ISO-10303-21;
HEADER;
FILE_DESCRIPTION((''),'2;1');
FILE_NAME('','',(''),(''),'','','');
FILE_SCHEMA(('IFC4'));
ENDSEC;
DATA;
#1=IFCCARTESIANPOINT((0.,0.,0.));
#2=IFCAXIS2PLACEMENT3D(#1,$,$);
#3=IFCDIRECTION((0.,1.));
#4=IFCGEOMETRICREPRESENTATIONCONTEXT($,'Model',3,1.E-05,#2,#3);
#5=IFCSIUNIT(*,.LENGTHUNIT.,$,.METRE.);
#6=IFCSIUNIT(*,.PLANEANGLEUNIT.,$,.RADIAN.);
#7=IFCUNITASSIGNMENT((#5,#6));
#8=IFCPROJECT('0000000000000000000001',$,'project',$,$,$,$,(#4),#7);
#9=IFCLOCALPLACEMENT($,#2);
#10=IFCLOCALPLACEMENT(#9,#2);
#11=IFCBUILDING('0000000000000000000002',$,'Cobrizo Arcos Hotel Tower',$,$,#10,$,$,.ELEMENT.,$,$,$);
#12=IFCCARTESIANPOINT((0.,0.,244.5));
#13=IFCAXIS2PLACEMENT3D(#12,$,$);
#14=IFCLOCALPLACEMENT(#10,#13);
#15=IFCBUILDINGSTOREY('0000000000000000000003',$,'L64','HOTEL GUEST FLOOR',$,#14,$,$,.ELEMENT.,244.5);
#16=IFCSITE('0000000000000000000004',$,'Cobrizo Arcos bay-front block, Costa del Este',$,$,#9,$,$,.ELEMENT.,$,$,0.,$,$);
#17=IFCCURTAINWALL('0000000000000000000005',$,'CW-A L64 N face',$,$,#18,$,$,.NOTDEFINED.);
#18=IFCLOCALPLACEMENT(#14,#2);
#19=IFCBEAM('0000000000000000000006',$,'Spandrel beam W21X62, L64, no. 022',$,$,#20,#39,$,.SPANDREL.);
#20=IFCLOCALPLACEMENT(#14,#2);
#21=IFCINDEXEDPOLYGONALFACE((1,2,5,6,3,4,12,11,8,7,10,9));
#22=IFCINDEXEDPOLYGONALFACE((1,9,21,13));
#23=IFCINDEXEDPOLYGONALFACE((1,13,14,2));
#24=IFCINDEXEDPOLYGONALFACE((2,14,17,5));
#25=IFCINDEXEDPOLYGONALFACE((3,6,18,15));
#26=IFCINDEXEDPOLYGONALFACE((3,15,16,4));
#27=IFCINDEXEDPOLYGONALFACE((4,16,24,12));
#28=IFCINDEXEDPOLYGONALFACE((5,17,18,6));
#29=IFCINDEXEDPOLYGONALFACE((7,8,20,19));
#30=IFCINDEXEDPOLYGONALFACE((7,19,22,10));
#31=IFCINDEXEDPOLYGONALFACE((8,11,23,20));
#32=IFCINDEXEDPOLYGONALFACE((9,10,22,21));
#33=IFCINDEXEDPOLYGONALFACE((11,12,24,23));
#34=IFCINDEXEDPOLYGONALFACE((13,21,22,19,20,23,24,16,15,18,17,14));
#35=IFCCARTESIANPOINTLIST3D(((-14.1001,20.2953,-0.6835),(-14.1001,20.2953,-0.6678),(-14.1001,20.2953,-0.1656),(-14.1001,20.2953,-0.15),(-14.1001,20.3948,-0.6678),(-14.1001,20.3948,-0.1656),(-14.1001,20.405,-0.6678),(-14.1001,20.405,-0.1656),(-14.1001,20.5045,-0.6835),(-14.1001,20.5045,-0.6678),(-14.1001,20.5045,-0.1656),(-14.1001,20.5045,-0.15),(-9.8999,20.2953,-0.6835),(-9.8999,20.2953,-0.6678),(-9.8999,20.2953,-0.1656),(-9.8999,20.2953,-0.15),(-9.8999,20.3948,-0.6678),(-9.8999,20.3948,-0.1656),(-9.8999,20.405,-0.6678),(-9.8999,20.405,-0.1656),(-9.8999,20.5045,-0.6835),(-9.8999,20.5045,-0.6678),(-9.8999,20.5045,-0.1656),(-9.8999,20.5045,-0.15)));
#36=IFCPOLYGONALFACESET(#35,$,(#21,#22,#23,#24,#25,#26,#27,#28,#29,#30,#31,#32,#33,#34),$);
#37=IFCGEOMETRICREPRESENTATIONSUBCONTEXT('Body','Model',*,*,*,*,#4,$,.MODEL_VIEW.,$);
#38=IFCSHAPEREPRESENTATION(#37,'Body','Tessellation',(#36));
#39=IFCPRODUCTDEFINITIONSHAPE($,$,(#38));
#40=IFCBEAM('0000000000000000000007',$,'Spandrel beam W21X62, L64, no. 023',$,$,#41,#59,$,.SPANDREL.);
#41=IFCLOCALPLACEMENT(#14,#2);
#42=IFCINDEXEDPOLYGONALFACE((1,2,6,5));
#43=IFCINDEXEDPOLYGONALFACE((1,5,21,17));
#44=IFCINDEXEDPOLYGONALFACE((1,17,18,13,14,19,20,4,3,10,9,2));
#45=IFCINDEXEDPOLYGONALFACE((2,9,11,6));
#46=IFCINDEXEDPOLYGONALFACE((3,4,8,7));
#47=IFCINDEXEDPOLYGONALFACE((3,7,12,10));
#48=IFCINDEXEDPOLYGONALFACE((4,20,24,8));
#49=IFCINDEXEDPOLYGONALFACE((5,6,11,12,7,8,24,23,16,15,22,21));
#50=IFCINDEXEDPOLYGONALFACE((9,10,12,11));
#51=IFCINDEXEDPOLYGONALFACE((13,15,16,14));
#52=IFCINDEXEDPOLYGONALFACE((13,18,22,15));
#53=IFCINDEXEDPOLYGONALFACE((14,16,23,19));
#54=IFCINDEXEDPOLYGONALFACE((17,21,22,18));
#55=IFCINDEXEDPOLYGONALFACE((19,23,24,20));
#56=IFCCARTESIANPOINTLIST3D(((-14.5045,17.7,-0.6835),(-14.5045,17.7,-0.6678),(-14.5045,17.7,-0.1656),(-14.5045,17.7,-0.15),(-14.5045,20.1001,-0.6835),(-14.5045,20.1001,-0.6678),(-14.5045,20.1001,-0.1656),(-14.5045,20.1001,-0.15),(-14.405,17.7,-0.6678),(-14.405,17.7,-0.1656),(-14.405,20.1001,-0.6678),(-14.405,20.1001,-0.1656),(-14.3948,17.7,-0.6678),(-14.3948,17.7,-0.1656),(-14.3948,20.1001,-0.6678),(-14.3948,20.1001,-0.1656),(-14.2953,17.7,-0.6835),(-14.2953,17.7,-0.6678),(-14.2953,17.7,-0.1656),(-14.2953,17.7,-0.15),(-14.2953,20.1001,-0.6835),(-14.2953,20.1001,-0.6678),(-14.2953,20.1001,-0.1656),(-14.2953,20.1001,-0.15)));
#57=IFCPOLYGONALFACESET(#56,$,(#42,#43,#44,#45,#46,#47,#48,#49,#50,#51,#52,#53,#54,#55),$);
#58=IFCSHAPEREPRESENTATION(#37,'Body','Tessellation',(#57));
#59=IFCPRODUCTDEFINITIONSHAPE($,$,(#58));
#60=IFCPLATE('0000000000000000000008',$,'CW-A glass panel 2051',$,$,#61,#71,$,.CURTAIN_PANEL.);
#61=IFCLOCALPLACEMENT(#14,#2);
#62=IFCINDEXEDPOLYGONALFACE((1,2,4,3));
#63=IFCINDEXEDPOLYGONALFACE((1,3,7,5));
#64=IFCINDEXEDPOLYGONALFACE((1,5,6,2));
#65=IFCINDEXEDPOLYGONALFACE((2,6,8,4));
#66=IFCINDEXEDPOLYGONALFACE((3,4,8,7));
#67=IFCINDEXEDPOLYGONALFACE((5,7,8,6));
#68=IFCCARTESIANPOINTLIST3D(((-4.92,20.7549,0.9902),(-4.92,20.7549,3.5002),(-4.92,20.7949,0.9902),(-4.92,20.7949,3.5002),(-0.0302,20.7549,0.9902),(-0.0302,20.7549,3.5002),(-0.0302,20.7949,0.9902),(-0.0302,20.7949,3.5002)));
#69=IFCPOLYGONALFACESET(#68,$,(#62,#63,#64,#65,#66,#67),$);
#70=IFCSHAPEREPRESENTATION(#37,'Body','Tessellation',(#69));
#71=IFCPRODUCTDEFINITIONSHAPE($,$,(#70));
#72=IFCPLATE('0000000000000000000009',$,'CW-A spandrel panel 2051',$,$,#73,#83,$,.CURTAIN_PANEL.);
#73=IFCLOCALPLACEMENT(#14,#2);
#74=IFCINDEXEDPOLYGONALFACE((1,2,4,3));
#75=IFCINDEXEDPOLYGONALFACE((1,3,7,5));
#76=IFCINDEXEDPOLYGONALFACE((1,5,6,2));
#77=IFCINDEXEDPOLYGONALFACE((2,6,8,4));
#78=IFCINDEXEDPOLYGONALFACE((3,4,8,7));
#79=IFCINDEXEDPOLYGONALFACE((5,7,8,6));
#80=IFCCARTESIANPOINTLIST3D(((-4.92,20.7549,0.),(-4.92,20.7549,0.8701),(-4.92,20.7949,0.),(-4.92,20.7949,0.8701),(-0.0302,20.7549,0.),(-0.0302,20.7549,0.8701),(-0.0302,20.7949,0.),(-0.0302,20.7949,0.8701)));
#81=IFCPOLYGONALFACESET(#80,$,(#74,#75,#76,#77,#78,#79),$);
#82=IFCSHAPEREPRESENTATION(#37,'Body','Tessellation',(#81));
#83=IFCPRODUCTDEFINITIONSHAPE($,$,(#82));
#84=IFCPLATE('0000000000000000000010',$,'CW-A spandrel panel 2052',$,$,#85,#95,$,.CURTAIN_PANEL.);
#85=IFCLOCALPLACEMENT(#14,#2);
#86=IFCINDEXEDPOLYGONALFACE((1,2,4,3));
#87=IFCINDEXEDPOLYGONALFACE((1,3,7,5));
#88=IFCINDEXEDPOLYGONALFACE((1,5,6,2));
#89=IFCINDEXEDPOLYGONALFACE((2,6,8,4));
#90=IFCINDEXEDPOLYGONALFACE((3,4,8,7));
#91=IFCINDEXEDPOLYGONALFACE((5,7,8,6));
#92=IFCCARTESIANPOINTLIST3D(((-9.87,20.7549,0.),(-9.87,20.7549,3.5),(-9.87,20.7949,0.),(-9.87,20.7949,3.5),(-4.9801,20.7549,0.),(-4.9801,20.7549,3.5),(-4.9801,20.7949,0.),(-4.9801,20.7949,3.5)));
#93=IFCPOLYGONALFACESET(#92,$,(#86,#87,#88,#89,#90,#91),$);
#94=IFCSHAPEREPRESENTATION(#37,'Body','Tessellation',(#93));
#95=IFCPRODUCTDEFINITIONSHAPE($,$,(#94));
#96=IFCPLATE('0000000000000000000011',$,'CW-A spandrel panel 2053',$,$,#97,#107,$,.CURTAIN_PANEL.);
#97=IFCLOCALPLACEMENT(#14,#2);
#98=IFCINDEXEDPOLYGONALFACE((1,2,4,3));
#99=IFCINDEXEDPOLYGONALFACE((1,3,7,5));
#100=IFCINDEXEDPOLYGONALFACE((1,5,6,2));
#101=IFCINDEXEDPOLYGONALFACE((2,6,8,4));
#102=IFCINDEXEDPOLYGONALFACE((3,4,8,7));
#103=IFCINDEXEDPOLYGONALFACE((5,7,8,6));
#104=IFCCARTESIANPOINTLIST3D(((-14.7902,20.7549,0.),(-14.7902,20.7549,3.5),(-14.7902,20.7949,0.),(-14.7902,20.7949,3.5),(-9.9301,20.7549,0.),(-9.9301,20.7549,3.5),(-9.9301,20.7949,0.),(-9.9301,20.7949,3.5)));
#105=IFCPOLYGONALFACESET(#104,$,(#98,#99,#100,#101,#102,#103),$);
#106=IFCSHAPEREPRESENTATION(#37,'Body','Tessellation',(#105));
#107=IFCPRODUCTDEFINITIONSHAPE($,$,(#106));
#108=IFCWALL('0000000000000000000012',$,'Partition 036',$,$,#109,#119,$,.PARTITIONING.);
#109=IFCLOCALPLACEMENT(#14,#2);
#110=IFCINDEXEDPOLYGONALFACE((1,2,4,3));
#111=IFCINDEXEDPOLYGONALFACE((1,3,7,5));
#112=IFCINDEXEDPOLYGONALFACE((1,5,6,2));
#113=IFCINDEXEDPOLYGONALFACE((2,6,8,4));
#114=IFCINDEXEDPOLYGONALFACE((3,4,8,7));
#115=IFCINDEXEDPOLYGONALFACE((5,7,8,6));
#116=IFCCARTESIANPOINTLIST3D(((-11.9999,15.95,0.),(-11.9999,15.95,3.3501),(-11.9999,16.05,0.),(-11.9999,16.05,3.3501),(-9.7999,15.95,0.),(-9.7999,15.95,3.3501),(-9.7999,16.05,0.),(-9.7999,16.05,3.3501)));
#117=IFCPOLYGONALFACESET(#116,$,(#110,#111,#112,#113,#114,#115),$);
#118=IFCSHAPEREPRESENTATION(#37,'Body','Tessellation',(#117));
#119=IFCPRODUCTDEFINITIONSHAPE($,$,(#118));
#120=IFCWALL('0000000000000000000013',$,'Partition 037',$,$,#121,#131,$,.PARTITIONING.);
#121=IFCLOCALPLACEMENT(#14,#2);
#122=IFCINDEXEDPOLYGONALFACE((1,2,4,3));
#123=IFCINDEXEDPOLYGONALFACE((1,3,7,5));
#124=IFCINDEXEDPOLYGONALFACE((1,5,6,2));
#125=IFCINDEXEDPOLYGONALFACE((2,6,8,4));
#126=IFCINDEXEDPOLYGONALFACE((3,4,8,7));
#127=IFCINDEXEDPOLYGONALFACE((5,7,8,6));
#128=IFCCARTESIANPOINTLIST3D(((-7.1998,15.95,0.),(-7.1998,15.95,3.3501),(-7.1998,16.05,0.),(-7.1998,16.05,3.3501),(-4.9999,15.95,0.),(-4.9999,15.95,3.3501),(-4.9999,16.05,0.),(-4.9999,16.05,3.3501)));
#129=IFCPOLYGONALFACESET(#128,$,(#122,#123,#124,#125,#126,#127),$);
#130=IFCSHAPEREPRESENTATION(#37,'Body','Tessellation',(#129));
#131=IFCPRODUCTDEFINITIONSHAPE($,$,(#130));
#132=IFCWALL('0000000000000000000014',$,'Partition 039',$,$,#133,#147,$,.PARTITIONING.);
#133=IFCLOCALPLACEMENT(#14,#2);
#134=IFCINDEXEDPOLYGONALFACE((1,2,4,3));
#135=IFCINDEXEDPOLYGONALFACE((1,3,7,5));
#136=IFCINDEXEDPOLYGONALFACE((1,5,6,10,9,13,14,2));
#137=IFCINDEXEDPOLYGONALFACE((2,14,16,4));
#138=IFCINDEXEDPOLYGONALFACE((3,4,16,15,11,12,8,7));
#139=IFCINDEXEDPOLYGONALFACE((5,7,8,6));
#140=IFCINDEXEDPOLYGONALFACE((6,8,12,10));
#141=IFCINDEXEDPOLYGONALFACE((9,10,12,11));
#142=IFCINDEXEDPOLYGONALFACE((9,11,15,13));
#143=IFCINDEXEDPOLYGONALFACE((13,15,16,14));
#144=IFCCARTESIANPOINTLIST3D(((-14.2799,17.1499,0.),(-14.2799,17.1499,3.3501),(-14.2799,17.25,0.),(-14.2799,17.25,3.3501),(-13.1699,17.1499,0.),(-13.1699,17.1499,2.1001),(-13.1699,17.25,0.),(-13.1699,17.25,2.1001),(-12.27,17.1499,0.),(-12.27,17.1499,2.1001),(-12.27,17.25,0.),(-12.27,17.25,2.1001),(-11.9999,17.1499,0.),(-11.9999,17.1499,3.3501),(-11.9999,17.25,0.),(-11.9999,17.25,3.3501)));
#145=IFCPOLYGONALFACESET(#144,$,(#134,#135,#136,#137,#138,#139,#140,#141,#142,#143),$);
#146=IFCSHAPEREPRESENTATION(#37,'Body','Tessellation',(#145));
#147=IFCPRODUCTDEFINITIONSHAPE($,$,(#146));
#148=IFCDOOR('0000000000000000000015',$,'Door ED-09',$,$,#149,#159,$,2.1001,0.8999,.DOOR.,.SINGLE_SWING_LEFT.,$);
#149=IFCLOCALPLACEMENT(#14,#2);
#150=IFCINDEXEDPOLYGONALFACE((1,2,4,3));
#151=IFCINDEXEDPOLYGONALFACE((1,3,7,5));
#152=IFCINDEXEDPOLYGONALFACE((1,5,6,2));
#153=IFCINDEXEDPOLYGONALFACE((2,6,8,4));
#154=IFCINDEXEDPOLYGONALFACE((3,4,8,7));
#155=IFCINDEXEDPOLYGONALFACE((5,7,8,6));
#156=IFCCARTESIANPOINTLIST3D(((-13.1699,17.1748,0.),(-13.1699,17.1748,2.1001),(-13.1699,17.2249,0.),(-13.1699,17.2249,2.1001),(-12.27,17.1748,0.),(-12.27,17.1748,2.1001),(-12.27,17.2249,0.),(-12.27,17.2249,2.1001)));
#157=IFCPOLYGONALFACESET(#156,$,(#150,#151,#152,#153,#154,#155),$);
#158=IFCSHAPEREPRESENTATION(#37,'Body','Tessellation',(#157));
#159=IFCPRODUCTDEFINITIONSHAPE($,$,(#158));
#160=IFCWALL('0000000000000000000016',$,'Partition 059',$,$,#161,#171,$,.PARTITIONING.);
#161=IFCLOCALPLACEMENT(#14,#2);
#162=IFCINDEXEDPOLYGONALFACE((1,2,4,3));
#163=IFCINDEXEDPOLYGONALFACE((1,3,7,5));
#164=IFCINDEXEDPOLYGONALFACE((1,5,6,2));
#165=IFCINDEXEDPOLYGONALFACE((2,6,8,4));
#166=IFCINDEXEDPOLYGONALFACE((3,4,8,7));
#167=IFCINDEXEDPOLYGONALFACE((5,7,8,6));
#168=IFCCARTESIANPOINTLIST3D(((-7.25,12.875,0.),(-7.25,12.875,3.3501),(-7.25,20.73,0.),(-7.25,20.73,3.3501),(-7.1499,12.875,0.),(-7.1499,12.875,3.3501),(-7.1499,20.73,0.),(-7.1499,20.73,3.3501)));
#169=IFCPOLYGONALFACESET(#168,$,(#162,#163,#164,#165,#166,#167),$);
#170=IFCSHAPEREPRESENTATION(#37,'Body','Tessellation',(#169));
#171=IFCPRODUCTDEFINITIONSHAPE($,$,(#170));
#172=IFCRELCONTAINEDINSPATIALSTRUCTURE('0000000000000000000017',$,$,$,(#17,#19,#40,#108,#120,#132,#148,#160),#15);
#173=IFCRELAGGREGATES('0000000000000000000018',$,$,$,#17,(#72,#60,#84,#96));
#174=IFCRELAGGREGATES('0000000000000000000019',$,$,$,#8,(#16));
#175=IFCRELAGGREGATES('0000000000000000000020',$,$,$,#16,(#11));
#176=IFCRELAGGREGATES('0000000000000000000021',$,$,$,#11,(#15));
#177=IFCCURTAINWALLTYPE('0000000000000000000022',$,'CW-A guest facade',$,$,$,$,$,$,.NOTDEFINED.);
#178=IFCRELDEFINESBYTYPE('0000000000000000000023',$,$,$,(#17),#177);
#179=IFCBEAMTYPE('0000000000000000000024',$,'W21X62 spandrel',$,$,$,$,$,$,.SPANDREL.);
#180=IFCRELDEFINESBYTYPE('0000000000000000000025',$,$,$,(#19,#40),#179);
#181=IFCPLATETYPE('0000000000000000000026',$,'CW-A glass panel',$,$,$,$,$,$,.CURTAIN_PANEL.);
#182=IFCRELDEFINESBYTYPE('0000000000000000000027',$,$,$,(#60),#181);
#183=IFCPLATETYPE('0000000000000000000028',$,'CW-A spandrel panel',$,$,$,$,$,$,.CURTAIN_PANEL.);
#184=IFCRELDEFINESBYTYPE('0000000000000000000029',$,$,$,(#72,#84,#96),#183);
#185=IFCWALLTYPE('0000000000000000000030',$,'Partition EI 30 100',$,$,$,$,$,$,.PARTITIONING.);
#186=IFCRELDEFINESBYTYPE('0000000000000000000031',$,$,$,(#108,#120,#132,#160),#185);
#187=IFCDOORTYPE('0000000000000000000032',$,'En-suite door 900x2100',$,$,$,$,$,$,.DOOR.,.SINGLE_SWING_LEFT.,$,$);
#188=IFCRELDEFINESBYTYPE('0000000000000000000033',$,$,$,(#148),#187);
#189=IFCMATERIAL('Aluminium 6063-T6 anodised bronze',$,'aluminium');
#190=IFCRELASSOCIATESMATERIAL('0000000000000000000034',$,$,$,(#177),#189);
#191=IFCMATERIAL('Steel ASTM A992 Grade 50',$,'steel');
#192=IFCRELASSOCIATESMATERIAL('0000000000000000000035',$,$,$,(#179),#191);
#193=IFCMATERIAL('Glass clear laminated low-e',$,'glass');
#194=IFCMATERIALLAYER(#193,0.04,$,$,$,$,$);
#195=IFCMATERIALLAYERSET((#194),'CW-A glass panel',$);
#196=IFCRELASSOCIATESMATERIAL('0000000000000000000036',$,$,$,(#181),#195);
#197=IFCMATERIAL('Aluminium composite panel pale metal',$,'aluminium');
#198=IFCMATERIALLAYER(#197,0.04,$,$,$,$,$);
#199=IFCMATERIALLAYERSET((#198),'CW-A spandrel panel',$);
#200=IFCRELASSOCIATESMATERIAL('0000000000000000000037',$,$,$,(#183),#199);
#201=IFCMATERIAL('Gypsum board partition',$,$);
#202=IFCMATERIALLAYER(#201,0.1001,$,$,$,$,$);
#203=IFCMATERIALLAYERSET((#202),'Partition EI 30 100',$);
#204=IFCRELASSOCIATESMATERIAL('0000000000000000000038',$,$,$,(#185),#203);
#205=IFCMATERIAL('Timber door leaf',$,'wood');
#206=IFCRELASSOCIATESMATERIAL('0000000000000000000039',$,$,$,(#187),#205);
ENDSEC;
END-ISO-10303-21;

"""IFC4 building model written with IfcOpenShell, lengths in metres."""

from ifc_helpers import new_model, si_unit, direction, frame, frame_2d, origin, origin_2d, place, context, subcontext, project, spatial, rectangle, i_section, extrude, material, layer, layer_set, material_profile, profile_set, type_object, element, fill, aggregate, save


model = new_model("IFC4")

# Units and contexts
model_context = context("Model", 3, precision=1e-05, world=origin(), true_north=direction((0.0, 1.0)))
body_context = subcontext(model_context, "Body", "Model", "MODEL_VIEW")
ifc_project = project(units=[si_unit("LENGTHUNIT", "METRE"), si_unit("PLANEANGLEUNIT", "RADIAN")], contexts=[model_context])

# Site, building, storey
site_placement = place(None, origin())
site = spatial("IfcSite", under=ifc_project, at=site_placement, Name="Cobrizo Arcos bay-front block, Costa del Este", CompositionType="ELEMENT", RefElevation=0.0)
building_placement = place(site_placement, origin())
building = spatial("IfcBuilding", under=site, at=building_placement, Name="Cobrizo Arcos Hotel Tower", CompositionType="ELEMENT")
storey_placement = place(building_placement, frame((0.0, 0.0, 244.5)))
storey = spatial("IfcBuildingStorey", under=building, at=storey_placement, Name="L64", Description="HOTEL GUEST FLOOR", CompositionType="ELEMENT", Elevation=244.5)

# Curtain wall
ifc_material_1 = material(Name="Aluminium 6063-T6 anodised bronze", Category="aluminium")
curtain_wall_type = type_object("IfcCurtainWallType", Name="CW-A guest facade", PredefinedType="NOTDEFINED", material=ifc_material_1)
curtain_wall_placement = place(storey_placement, origin())
curtain_wall = element("IfcCurtainWall", 1, at=curtain_wall_placement, inside=storey, type_object=curtain_wall_type, Name="CW-A L64 N face", PredefinedType="NOTDEFINED")

# Beams
ifc_material_2 = material(Name="Steel ASTM A992 Grade 50", Category="steel")
ifc_material_profile_1 = material_profile(ifc_material_2, i_section(OverallWidth=0.2092, OverallDepth=0.5334, WebThickness=0.0103, FlangeThickness=0.0156, at=origin_2d()), Name="W21X62")
ifc_profile_set_1 = profile_set([ifc_material_profile_1], Name="Steel ASTM A992 Grade 50")
beam_type_1 = type_object("IfcBeamType", Name="W21X62 spandrel", PredefinedType="SPANDREL", material=ifc_profile_set_1)
beam_1_placement = place(storey_placement, frame((-9.8999, 20.3999, -0.4167), z_axis=(-1.0, 0.0, 0.0), x_axis=(0.0, -1.0, 0.0)))
element("IfcBeam", 2, at=beam_1_placement, inside=storey, type_object=beam_type_1, Name="Spandrel beam W21X62, L64, no. 022", PredefinedType="SPANDREL", context=body_context, shape_type="SweptSolid", body=[
    extrude(i_section(OverallWidth=0.2092, OverallDepth=0.5334, WebThickness=0.0103, FlangeThickness=0.0156, at=origin_2d()), origin(), (0.0, 0.0, 1.0), 4.2002),
])
beam_2_placement = place(storey_placement, frame((-14.3999, 20.1001, -0.4167), z_axis=(0.0, -1.0, 0.0), x_axis=(1.0, 0.0, 0.0)))
element("IfcBeam", 3, at=beam_2_placement, inside=storey, type_object=beam_type_1, Name="Spandrel beam W21X62, L64, no. 023", PredefinedType="SPANDREL", context=body_context, shape_type="SweptSolid", body=[
    extrude(i_section(OverallWidth=0.2092, OverallDepth=0.5334, WebThickness=0.0103, FlangeThickness=0.0156, at=origin_2d()), origin(), (0.0, 0.0, 1.0), 2.4001),
])

# Plates
ifc_material_3 = material(Name="Glass clear laminated low-e", Category="glass")
ifc_layer_1 = layer(ifc_material_3, 0.04)
ifc_layer_set_1 = layer_set([ifc_layer_1], Name="CW-A glass panel")
plate_type_1 = type_object("IfcPlateType", Name="CW-A glass panel", PredefinedType="CURTAIN_PANEL", material=ifc_layer_set_1)
plate_1_placement = place(storey_placement, frame((-2.4751, 20.7749, 0.9902), z_axis=(0.0, 0.0, 1.0), x_axis=(-1.0, 0.0, 0.0)))
plate_1 = element("IfcPlate", 4, at=plate_1_placement, type_object=plate_type_1, Name="CW-A glass panel 2051", PredefinedType="CURTAIN_PANEL", context=body_context, shape_type="SweptSolid", body=[
    extrude(rectangle(XDim=4.8899, YDim=0.04, at=origin_2d()), origin(), (0.0, 0.0, 1.0), 2.51),
])
ifc_material_4 = material(Name="Aluminium composite panel pale metal", Category="aluminium")
ifc_layer_2 = layer(ifc_material_4, 0.04)
ifc_layer_set_2 = layer_set([ifc_layer_2], Name="CW-A spandrel panel")
plate_type_2 = type_object("IfcPlateType", Name="CW-A spandrel panel", PredefinedType="CURTAIN_PANEL", material=ifc_layer_set_2)
plate_2_placement = place(storey_placement, frame((-2.4751, 20.7749, 0.0), z_axis=(0.0, 0.0, 1.0), x_axis=(-1.0, 0.0, 0.0)))
plate_2 = element("IfcPlate", 5, at=plate_2_placement, type_object=plate_type_2, Name="CW-A spandrel panel 2051", PredefinedType="CURTAIN_PANEL", context=body_context, shape_type="SweptSolid", body=[
    extrude(rectangle(XDim=4.8899, YDim=0.04, at=origin_2d()), origin(), (0.0, 0.0, 1.0), 0.8701),
])
plate_3_placement = place(storey_placement, frame((-7.425, 20.7749, 0.0), z_axis=(0.0, 0.0, 1.0), x_axis=(-1.0, 0.0, 0.0)))
plate_3 = element("IfcPlate", 6, at=plate_3_placement, type_object=plate_type_2, Name="CW-A spandrel panel 2052", PredefinedType="CURTAIN_PANEL", context=body_context, shape_type="SweptSolid", body=[
    extrude(rectangle(XDim=4.8899, YDim=0.04, at=origin_2d()), origin(), (0.0, 0.0, 1.0), 3.5),
])
plate_4_placement = place(storey_placement, frame((-12.3601, 20.7749, 0.0), z_axis=(0.0, 0.0, 1.0), x_axis=(-1.0, 0.0, 0.0)))
plate_4 = element("IfcPlate", 7, at=plate_4_placement, type_object=plate_type_2, Name="CW-A spandrel panel 2053", PredefinedType="CURTAIN_PANEL", context=body_context, shape_type="SweptSolid", body=[
    extrude(rectangle(XDim=4.8601, YDim=0.04, at=origin_2d()), origin(), (0.0, 0.0, 1.0), 3.5),
])
aggregate(curtain_wall, [plate_2, plate_1, plate_3, plate_4])

# Walls
ifc_material_5 = material(Name="Gypsum board partition")
ifc_layer_3 = layer(ifc_material_5, 0.1001)
ifc_layer_set_3 = layer_set([ifc_layer_3], Name="Partition EI 30 100")
wall_type = type_object("IfcWallType", Name="Partition EI 30 100", PredefinedType="PARTITIONING", material=ifc_layer_set_3)
for number, where, z_axis, x_axis, name in (
    (8, (-12.0, 16.0, 0.0), (0.0, 0.0, 1.0), (1.0, 0.0, 0.0), "Partition 036"),
    (9, (-7.2, 16.0, 0.0), (0.0, 0.0, 1.0), (1.0, 0.0, 0.0), "Partition 037"),
):
    element("IfcWall", number, at=place(storey_placement, frame(where, z_axis=z_axis, x_axis=x_axis)), inside=storey, type_object=wall_type, Name=name, PredefinedType="PARTITIONING", context=body_context, shape_type="SweptSolid", body=[
        extrude(rectangle(XDim=2.2, YDim=0.1001, at=frame_2d((1.1001, 0.0))), origin(), (0.0, 0.0, 1.0), 3.3501),
    ])

# Wall, opening, door
wall_1_placement = place(storey_placement, frame((-14.28, 17.2, 0.0), z_axis=(0.0, 0.0, 1.0), x_axis=(1.0, 0.0, 0.0)))
wall_1 = element("IfcWall", 10, at=wall_1_placement, inside=storey, type_object=wall_type, Name="Partition 039", PredefinedType="PARTITIONING", context=body_context, shape_type="SweptSolid", body=[
    extrude(rectangle(XDim=2.28, YDim=0.1001, at=frame_2d((1.1401, 0.0))), origin(), (0.0, 0.0, 1.0), 3.3501),
])
opening_1_placement = place(wall_1_placement, frame((1.1101, 0.0, 0.0)))
opening_1 = element("IfcOpeningElement", 11, at=opening_1_placement, cuts=wall_1, PredefinedType="OPENING", context=body_context, shape_type="SweptSolid", body=[
    extrude(rectangle(XDim=0.8999, YDim=2.1001, at=frame_2d((0.45, 1.05))), frame((0.0, 0.062, 0.0), z_axis=(0.0, -1.0, 0.0), x_axis=(1.0, 0.0, 0.0)), (0.0, 0.0, 1.0), 0.124),
])
ifc_material_6 = material(Name="Timber door leaf", Category="wood")
door_type_1 = type_object("IfcDoorType", Name="En-suite door 900x2100", OperationType="SINGLE_SWING_LEFT", PredefinedType="DOOR", material=ifc_material_6)
door_1_placement = place(opening_1_placement, origin())
door_1 = element("IfcDoor", 12, at=door_1_placement, inside=storey, type_object=door_type_1, Name="Door ED-09", OperationType="SINGLE_SWING_LEFT", OverallHeight=2.1001, OverallWidth=0.8999, PredefinedType="DOOR", context=body_context, shape_type="SweptSolid", body=[
    extrude(rectangle(XDim=0.8999, YDim=2.1001, at=frame_2d((0.45, 1.05))), frame((0.0, 0.0249, 0.0), z_axis=(0.0, -1.0, 0.0), x_axis=(1.0, 0.0, 0.0)), (0.0, 0.0, 1.0), 0.05),
])
fill(opening_1, door_1)

# Wall
wall_2_placement = place(storey_placement, frame((-7.2, 12.875, 0.0), z_axis=(0.0, 0.0, 1.0), x_axis=(0.0, 1.0, 0.0)))
element("IfcWall", 13, at=wall_2_placement, inside=storey, type_object=wall_type, Name="Partition 059", PredefinedType="PARTITIONING", context=body_context, shape_type="SweptSolid", body=[
    extrude(rectangle(XDim=7.855, YDim=0.1001, at=frame_2d((3.9275, 0.0))), origin(), (0.0, 0.0, 1.0), 3.3501),
])

save(model, "model.ifc")
